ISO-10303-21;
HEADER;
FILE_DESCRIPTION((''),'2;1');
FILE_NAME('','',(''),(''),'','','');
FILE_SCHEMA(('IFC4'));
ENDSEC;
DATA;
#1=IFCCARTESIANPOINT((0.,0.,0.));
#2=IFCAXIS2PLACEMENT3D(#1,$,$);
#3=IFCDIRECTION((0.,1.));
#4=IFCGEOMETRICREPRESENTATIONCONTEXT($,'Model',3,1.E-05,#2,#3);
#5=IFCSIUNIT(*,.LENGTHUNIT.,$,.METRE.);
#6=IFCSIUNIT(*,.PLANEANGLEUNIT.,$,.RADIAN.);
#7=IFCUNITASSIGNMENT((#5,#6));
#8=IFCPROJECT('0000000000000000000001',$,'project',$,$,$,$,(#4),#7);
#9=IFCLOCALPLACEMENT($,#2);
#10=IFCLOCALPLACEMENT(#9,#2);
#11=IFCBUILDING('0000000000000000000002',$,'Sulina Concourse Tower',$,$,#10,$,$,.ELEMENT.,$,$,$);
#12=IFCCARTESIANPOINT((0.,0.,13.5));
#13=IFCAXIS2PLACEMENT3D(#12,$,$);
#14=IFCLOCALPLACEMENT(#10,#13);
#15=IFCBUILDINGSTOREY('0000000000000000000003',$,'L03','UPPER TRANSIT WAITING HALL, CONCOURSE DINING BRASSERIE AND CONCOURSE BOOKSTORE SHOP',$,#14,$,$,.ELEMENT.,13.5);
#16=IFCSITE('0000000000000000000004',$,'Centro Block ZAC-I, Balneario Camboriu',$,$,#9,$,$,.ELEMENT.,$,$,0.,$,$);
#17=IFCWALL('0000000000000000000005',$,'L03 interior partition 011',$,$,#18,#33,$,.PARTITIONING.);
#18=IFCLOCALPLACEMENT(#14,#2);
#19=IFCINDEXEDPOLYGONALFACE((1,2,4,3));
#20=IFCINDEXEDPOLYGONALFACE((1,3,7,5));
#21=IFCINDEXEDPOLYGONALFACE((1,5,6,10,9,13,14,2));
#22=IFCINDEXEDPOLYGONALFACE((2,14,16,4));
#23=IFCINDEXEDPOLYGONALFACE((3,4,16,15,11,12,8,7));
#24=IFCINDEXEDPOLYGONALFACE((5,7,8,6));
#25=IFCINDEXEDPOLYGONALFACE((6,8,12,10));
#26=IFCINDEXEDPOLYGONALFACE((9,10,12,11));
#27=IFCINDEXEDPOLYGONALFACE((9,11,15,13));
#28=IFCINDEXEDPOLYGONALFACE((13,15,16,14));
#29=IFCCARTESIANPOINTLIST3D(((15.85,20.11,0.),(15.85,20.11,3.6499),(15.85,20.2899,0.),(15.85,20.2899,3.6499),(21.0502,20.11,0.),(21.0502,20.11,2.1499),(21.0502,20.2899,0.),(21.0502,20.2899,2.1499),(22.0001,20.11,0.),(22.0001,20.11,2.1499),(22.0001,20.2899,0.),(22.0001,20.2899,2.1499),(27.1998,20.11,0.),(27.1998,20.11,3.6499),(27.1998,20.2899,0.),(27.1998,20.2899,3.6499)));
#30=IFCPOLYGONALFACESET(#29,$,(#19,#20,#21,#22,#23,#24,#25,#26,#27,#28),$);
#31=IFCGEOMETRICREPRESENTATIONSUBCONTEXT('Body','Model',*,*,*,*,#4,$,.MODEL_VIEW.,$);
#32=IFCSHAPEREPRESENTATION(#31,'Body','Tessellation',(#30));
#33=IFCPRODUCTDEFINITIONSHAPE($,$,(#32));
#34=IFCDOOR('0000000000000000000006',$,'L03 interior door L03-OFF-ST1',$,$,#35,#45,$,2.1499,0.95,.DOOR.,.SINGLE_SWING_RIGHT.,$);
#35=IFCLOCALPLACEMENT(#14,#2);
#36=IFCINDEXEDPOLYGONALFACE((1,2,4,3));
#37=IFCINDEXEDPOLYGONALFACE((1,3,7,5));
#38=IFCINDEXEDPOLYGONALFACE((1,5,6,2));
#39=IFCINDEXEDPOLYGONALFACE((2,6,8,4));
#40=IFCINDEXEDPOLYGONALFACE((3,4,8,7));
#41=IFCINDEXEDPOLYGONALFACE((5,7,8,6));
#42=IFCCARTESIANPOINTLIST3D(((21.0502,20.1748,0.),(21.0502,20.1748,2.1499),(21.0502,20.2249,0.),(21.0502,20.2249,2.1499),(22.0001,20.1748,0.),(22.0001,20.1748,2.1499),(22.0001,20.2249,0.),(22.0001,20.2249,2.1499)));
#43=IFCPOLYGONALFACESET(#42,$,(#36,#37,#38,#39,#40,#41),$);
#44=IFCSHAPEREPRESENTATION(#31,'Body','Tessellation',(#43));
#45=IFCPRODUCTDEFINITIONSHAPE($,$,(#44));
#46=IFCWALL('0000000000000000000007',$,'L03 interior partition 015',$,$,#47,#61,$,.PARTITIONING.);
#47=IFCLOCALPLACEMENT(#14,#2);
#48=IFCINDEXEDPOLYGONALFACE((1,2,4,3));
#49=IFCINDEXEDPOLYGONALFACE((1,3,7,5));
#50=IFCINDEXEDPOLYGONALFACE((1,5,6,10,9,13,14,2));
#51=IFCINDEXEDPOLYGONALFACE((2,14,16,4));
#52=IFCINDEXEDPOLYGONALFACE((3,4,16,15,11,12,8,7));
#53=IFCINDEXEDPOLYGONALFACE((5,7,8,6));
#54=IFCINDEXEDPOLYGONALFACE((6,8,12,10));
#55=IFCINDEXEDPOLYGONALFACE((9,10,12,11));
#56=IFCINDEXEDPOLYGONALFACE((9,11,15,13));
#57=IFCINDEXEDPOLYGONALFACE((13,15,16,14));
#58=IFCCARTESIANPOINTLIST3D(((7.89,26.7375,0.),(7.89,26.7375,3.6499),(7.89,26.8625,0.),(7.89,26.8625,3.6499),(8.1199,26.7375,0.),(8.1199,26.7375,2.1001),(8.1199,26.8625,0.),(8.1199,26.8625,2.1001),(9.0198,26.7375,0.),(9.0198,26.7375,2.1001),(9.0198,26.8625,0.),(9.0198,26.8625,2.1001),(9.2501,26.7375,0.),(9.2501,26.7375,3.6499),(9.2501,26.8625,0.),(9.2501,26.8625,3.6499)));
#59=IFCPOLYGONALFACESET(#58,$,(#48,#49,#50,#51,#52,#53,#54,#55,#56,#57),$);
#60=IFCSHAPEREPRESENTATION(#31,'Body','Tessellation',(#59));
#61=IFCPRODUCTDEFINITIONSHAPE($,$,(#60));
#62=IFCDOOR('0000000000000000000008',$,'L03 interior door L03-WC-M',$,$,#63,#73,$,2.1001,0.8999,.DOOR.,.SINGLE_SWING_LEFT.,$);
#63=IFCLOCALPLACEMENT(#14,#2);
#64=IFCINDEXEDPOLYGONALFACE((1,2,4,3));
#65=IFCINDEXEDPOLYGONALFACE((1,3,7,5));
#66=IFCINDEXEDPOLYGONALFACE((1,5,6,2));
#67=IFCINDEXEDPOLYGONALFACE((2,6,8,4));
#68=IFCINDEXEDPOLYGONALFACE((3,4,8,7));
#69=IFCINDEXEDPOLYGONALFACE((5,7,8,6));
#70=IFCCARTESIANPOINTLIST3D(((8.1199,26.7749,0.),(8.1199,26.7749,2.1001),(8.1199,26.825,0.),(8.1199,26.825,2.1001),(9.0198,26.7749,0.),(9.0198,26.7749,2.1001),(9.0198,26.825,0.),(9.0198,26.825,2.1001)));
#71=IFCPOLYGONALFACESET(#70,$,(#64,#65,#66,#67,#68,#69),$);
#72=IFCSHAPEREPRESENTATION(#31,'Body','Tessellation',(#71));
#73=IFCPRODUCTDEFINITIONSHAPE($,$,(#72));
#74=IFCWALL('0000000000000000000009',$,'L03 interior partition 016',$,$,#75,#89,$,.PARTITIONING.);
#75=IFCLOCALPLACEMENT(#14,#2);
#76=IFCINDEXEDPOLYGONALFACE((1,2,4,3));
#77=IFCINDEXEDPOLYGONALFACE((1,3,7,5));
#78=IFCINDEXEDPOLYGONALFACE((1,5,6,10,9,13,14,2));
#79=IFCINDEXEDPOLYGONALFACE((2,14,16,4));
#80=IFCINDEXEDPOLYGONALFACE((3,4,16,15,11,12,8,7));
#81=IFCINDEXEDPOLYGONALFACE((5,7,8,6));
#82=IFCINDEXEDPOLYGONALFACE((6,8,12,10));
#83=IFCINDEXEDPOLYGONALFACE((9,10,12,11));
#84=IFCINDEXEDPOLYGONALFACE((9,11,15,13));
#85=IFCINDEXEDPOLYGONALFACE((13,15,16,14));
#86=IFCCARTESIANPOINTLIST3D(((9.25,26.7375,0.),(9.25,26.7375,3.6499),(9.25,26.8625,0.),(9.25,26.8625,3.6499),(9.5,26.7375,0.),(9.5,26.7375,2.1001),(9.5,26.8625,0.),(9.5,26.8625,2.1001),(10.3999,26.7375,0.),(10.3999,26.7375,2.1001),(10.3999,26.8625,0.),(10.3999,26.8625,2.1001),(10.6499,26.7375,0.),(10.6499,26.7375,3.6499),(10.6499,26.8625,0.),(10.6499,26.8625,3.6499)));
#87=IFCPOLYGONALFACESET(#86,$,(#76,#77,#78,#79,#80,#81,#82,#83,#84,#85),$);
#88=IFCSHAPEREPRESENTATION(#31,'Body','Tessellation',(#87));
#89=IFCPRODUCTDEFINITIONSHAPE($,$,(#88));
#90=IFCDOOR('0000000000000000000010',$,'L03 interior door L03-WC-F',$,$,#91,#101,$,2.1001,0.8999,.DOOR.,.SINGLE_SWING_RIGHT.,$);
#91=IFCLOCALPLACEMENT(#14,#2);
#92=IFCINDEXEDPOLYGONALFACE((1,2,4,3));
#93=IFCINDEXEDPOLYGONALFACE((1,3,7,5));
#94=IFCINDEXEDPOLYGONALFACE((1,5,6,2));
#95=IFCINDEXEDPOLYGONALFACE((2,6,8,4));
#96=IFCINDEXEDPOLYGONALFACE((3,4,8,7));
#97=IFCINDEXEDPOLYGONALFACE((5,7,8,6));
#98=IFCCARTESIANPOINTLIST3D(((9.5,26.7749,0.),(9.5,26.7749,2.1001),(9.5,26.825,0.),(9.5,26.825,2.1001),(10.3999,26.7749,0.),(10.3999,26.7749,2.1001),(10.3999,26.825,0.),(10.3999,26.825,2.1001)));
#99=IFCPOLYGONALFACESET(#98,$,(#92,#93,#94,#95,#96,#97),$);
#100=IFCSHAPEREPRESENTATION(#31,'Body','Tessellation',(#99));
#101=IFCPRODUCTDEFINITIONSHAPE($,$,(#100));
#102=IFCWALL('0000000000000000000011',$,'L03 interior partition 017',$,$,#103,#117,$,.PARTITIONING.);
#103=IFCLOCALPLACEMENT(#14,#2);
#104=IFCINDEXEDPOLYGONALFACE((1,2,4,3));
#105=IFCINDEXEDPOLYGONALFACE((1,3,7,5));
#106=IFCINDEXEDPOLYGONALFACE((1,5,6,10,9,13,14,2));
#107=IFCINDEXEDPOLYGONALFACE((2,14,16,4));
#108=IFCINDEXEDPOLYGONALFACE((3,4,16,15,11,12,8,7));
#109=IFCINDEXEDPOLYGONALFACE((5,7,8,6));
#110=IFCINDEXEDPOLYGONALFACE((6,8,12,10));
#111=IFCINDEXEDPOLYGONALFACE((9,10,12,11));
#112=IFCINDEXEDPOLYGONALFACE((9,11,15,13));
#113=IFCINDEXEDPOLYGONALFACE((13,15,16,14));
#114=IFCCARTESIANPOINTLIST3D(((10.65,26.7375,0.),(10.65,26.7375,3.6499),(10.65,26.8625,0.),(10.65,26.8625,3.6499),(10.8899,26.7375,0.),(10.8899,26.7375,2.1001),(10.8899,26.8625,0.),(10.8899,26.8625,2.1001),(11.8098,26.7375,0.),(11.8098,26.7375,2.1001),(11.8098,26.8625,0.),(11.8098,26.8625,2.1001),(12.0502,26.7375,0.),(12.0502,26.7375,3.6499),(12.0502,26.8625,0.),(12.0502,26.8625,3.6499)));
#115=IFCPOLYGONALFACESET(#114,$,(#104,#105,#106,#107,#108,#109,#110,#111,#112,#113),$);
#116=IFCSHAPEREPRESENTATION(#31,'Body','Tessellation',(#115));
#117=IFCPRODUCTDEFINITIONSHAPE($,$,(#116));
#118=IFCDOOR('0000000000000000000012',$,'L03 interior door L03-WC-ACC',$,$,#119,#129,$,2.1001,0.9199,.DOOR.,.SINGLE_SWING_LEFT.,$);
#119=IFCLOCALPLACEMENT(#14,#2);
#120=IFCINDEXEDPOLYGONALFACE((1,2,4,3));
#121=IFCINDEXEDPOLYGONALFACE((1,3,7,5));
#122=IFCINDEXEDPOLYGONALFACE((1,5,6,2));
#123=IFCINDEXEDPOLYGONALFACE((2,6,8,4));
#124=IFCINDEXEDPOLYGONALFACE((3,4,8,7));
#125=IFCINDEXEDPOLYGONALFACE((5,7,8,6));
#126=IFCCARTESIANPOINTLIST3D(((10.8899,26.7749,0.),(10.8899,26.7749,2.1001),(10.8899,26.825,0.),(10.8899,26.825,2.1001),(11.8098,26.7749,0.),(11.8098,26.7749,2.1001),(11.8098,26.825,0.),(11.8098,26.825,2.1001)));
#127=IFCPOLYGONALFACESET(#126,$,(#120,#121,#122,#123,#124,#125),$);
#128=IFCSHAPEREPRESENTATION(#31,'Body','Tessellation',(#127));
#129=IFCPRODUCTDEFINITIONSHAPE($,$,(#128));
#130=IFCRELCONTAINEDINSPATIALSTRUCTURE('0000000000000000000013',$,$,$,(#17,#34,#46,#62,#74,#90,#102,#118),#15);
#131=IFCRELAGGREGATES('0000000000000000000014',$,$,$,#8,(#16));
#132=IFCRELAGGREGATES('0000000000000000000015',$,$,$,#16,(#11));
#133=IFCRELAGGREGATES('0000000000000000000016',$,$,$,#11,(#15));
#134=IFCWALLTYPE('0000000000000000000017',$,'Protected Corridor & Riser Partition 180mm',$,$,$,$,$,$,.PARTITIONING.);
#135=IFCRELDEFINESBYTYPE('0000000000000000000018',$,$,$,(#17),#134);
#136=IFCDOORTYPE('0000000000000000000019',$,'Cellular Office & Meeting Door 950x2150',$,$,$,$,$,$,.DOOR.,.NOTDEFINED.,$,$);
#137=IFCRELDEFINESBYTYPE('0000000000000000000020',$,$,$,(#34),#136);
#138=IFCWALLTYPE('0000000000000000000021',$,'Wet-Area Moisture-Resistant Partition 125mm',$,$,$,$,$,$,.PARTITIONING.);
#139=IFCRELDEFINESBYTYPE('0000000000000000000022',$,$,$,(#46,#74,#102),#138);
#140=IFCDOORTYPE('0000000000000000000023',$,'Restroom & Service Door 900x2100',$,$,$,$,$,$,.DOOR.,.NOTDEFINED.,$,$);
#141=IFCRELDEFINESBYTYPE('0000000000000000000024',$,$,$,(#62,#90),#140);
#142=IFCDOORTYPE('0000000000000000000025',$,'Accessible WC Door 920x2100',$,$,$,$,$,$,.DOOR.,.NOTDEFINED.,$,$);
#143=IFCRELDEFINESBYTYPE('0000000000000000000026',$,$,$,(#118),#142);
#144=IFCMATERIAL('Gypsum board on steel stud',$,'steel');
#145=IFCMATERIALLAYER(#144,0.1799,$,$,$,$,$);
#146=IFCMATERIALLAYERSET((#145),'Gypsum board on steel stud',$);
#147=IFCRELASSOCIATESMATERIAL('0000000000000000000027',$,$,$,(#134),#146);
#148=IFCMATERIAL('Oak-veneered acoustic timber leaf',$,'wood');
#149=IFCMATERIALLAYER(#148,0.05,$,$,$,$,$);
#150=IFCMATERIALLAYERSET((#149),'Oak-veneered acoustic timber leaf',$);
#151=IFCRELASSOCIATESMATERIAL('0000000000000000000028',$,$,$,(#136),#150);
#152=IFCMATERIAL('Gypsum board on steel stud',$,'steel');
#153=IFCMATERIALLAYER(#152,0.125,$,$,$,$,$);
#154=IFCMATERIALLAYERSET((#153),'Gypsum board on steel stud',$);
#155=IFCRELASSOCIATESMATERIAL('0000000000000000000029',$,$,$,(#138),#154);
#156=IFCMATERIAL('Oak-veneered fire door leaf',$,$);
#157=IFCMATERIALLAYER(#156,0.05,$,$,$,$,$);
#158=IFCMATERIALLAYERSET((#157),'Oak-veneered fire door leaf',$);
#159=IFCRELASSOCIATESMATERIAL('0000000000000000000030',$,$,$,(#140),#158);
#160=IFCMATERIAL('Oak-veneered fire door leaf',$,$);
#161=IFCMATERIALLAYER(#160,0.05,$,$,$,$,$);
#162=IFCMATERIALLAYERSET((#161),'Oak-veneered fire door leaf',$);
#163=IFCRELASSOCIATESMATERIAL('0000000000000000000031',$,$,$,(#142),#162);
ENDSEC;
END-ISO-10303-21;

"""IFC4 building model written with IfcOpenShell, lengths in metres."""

from ifc_helpers import new_model, si_unit, direction, frame, frame_2d, origin, place, context, subcontext, project, spatial, rectangle, extrude, material, layer, layer_set, type_object, element, fill, save


model = new_model("IFC4")

# Units and contexts
model_context = context("Model", 3, precision=1e-05, world=origin(), true_north=direction((0.0, 1.0)))
body_context = subcontext(model_context, "Body", "Model", "MODEL_VIEW")
ifc_project = project(units=[si_unit("LENGTHUNIT", "METRE"), si_unit("PLANEANGLEUNIT", "RADIAN")], contexts=[model_context])

# Site, building, storey
site_placement = place(None, origin())
site = spatial("IfcSite", under=ifc_project, at=site_placement, Name="Centro Block ZAC-I, Balneario Camboriu", CompositionType="ELEMENT", RefElevation=0.0)
building_placement = place(site_placement, origin())
building = spatial("IfcBuilding", under=site, at=building_placement, Name="Sulina Concourse Tower", CompositionType="ELEMENT")
storey_placement = place(building_placement, frame((0.0, 0.0, 13.5)))
storey = spatial("IfcBuildingStorey", under=building, at=storey_placement, Name="L03", Description="UPPER TRANSIT WAITING HALL, CONCOURSE DINING BRASSERIE AND CONCOURSE BOOKSTORE SHOP", CompositionType="ELEMENT", Elevation=13.5)

# Shared definitions
ifc_material_1 = material(Name="Gypsum board on steel stud", Category="steel")
ifc_layer_1 = layer(ifc_material_1, 0.1799)
ifc_layer_set_1 = layer_set([ifc_layer_1], Name="Gypsum board on steel stud")
wall_type_1 = type_object("IfcWallType", Name="Protected Corridor & Riser Partition 180mm", PredefinedType="PARTITIONING", material=ifc_layer_set_1)

# Walls, openings, doors
wall_1_placement = place(storey_placement, frame((15.8501, 20.2, 0.0), z_axis=(0.0, 0.0, 1.0), x_axis=(1.0, 0.0, 0.0)))
wall_1 = element("IfcWall", 1, at=wall_1_placement, inside=storey, type_object=wall_type_1, Name="L03 interior partition 011", PredefinedType="PARTITIONING", context=body_context, shape_type="SweptSolid", body=[
    extrude(rectangle(XDim=11.3499, YDim=0.1799, at=frame_2d((5.6748, 0.0))), origin(), (0.0, 0.0, 1.0), 3.6499),
])
opening_1_placement = place(wall_1_placement, frame((5.2, 0.0, 0.0)))
opening_1 = element("IfcOpeningElement", 2, at=opening_1_placement, cuts=wall_1, PredefinedType="OPENING", context=body_context, shape_type="SweptSolid", body=[
    extrude(rectangle(XDim=0.95, YDim=2.1499, at=frame_2d((0.4751, 1.075))), frame((0.0, 0.0999, 0.0), z_axis=(0.0, -1.0, 0.0), x_axis=(1.0, 0.0, 0.0)), (0.0, 0.0, 1.0), 0.2),
])
ifc_material_2 = material(Name="Oak-veneered acoustic timber leaf", Category="wood")
ifc_layer_2 = layer(ifc_material_2, 0.05)
ifc_layer_set_2 = layer_set([ifc_layer_2], Name="Oak-veneered acoustic timber leaf")
door_type_1 = type_object("IfcDoorType", Name="Cellular Office & Meeting Door 950x2150", OperationType="NOTDEFINED", PredefinedType="DOOR", material=ifc_layer_set_2)
door_1_placement = place(opening_1_placement, origin())
door_1 = element("IfcDoor", 3, at=door_1_placement, inside=storey, type_object=door_type_1, Name="L03 interior door L03-OFF-ST1", OperationType="SINGLE_SWING_RIGHT", OverallHeight=2.1499, OverallWidth=0.95, PredefinedType="DOOR", context=body_context, shape_type="SweptSolid", body=[
    extrude(rectangle(XDim=0.95, YDim=2.1499, at=frame_2d((0.4751, 1.075))), frame((0.0, 0.0249, 0.0), z_axis=(0.0, -1.0, 0.0), x_axis=(1.0, 0.0, 0.0)), (0.0, 0.0, 1.0), 0.05),
])
fill(opening_1, door_1)
ifc_material_3 = material(Name="Gypsum board on steel stud", Category="steel")
ifc_layer_3 = layer(ifc_material_3, 0.125)
ifc_layer_set_3 = layer_set([ifc_layer_3], Name="Gypsum board on steel stud")
wall_type_2 = type_object("IfcWallType", Name="Wet-Area Moisture-Resistant Partition 125mm", PredefinedType="PARTITIONING", material=ifc_layer_set_3)
wall_2_placement = place(storey_placement, frame((7.8899, 26.8, 0.0), z_axis=(0.0, 0.0, 1.0), x_axis=(1.0, 0.0, 0.0)))
wall_2 = element("IfcWall", 4, at=wall_2_placement, inside=storey, type_object=wall_type_2, Name="L03 interior partition 015", PredefinedType="PARTITIONING", context=body_context, shape_type="SweptSolid", body=[
    extrude(rectangle(XDim=1.3601, YDim=0.125, at=frame_2d((0.6802, 0.0))), origin(), (0.0, 0.0, 1.0), 3.6499),
])
opening_2_placement = place(wall_2_placement, frame((0.23, 0.0, 0.0)))
opening_2 = element("IfcOpeningElement", 5, at=opening_2_placement, cuts=wall_2, PredefinedType="OPENING", context=body_context, shape_type="SweptSolid", body=[
    extrude(rectangle(XDim=0.8999, YDim=2.1001, at=frame_2d((0.45, 1.05))), frame((0.0, 0.0725, 0.0), z_axis=(0.0, -1.0, 0.0), x_axis=(1.0, 0.0, 0.0)), (0.0, 0.0, 1.0), 0.145),
])
ifc_material_4 = material(Name="Oak-veneered fire door leaf")
ifc_layer_4 = layer(ifc_material_4, 0.05)
ifc_layer_set_4 = layer_set([ifc_layer_4], Name="Oak-veneered fire door leaf")
door_type_2 = type_object("IfcDoorType", Name="Restroom & Service Door 900x2100", OperationType="NOTDEFINED", PredefinedType="DOOR", material=ifc_layer_set_4)
door_2_placement = place(opening_2_placement, origin())
door_2 = element("IfcDoor", 6, at=door_2_placement, inside=storey, type_object=door_type_2, Name="L03 interior door L03-WC-M", OperationType="SINGLE_SWING_LEFT", OverallHeight=2.1001, OverallWidth=0.8999, PredefinedType="DOOR", context=body_context, shape_type="SweptSolid", body=[
    extrude(rectangle(XDim=0.8999, YDim=2.1001, at=frame_2d((0.45, 1.05))), frame((0.0, 0.0249, 0.0), z_axis=(0.0, -1.0, 0.0), x_axis=(1.0, 0.0, 0.0)), (0.0, 0.0, 1.0), 0.05),
])
fill(opening_2, door_2)
wall_3_placement = place(storey_placement, frame((9.25, 26.8, 0.0), z_axis=(0.0, 0.0, 1.0), x_axis=(1.0, 0.0, 0.0)))
wall_3 = element("IfcWall", 7, at=wall_3_placement, inside=storey, type_object=wall_type_2, Name="L03 interior partition 016", PredefinedType="PARTITIONING", context=body_context, shape_type="SweptSolid", body=[
    extrude(rectangle(XDim=1.3999, YDim=0.125, at=frame_2d((0.7, 0.0))), origin(), (0.0, 0.0, 1.0), 3.6499),
])
opening_3_placement = place(wall_3_placement, frame((0.25, 0.0, 0.0)))
opening_3 = element("IfcOpeningElement", 8, at=opening_3_placement, cuts=wall_3, PredefinedType="OPENING", context=body_context, shape_type="SweptSolid", body=[
    extrude(rectangle(XDim=0.8999, YDim=2.1001, at=frame_2d((0.45, 1.05))), frame((0.0, 0.0725, 0.0), z_axis=(0.0, -1.0, 0.0), x_axis=(1.0, 0.0, 0.0)), (0.0, 0.0, 1.0), 0.145),
])
door_3_placement = place(opening_3_placement, origin())
door_3 = element("IfcDoor", 9, at=door_3_placement, inside=storey, type_object=door_type_2, Name="L03 interior door L03-WC-F", OperationType="SINGLE_SWING_RIGHT", OverallHeight=2.1001, OverallWidth=0.8999, PredefinedType="DOOR", context=body_context, shape_type="SweptSolid", body=[
    extrude(rectangle(XDim=0.8999, YDim=2.1001, at=frame_2d((0.45, 1.05))), frame((0.0, 0.0249, 0.0), z_axis=(0.0, -1.0, 0.0), x_axis=(1.0, 0.0, 0.0)), (0.0, 0.0, 1.0), 0.05),
])
fill(opening_3, door_3)
wall_4_placement = place(storey_placement, frame((10.6499, 26.8, 0.0), z_axis=(0.0, 0.0, 1.0), x_axis=(1.0, 0.0, 0.0)))
wall_4 = element("IfcWall", 10, at=wall_4_placement, inside=storey, type_object=wall_type_2, Name="L03 interior partition 017", PredefinedType="PARTITIONING", context=body_context, shape_type="SweptSolid", body=[
    extrude(rectangle(XDim=1.4001, YDim=0.125, at=frame_2d((0.7002, 0.0))), origin(), (0.0, 0.0, 1.0), 3.6499),
])
opening_4_placement = place(wall_4_placement, frame((0.24, 0.0, 0.0)))
opening_4 = element("IfcOpeningElement", 11, at=opening_4_placement, cuts=wall_4, PredefinedType="OPENING", context=body_context, shape_type="SweptSolid", body=[
    extrude(rectangle(XDim=0.9199, YDim=2.1001, at=frame_2d((0.46, 1.05))), frame((0.0, 0.0725, 0.0), z_axis=(0.0, -1.0, 0.0), x_axis=(1.0, 0.0, 0.0)), (0.0, 0.0, 1.0), 0.145),
])
ifc_material_5 = material(Name="Oak-veneered fire door leaf")
ifc_layer_5 = layer(ifc_material_5, 0.05)
ifc_layer_set_5 = layer_set([ifc_layer_5], Name="Oak-veneered fire door leaf")
door_type_3 = type_object("IfcDoorType", Name="Accessible WC Door 920x2100", OperationType="NOTDEFINED", PredefinedType="DOOR", material=ifc_layer_set_5)
door_4_placement = place(opening_4_placement, origin())
door_4 = element("IfcDoor", 12, at=door_4_placement, inside=storey, type_object=door_type_3, Name="L03 interior door L03-WC-ACC", OperationType="SINGLE_SWING_LEFT", OverallHeight=2.1001, OverallWidth=0.9199, PredefinedType="DOOR", context=body_context, shape_type="SweptSolid", body=[
    extrude(rectangle(XDim=0.9199, YDim=2.1001, at=frame_2d((0.46, 1.05))), frame((0.0, 0.0249, 0.0), z_axis=(0.0, -1.0, 0.0), x_axis=(1.0, 0.0, 0.0)), (0.0, 0.0, 1.0), 0.05),
])
fill(opening_4, door_4)

save(model, "model.ifc")
